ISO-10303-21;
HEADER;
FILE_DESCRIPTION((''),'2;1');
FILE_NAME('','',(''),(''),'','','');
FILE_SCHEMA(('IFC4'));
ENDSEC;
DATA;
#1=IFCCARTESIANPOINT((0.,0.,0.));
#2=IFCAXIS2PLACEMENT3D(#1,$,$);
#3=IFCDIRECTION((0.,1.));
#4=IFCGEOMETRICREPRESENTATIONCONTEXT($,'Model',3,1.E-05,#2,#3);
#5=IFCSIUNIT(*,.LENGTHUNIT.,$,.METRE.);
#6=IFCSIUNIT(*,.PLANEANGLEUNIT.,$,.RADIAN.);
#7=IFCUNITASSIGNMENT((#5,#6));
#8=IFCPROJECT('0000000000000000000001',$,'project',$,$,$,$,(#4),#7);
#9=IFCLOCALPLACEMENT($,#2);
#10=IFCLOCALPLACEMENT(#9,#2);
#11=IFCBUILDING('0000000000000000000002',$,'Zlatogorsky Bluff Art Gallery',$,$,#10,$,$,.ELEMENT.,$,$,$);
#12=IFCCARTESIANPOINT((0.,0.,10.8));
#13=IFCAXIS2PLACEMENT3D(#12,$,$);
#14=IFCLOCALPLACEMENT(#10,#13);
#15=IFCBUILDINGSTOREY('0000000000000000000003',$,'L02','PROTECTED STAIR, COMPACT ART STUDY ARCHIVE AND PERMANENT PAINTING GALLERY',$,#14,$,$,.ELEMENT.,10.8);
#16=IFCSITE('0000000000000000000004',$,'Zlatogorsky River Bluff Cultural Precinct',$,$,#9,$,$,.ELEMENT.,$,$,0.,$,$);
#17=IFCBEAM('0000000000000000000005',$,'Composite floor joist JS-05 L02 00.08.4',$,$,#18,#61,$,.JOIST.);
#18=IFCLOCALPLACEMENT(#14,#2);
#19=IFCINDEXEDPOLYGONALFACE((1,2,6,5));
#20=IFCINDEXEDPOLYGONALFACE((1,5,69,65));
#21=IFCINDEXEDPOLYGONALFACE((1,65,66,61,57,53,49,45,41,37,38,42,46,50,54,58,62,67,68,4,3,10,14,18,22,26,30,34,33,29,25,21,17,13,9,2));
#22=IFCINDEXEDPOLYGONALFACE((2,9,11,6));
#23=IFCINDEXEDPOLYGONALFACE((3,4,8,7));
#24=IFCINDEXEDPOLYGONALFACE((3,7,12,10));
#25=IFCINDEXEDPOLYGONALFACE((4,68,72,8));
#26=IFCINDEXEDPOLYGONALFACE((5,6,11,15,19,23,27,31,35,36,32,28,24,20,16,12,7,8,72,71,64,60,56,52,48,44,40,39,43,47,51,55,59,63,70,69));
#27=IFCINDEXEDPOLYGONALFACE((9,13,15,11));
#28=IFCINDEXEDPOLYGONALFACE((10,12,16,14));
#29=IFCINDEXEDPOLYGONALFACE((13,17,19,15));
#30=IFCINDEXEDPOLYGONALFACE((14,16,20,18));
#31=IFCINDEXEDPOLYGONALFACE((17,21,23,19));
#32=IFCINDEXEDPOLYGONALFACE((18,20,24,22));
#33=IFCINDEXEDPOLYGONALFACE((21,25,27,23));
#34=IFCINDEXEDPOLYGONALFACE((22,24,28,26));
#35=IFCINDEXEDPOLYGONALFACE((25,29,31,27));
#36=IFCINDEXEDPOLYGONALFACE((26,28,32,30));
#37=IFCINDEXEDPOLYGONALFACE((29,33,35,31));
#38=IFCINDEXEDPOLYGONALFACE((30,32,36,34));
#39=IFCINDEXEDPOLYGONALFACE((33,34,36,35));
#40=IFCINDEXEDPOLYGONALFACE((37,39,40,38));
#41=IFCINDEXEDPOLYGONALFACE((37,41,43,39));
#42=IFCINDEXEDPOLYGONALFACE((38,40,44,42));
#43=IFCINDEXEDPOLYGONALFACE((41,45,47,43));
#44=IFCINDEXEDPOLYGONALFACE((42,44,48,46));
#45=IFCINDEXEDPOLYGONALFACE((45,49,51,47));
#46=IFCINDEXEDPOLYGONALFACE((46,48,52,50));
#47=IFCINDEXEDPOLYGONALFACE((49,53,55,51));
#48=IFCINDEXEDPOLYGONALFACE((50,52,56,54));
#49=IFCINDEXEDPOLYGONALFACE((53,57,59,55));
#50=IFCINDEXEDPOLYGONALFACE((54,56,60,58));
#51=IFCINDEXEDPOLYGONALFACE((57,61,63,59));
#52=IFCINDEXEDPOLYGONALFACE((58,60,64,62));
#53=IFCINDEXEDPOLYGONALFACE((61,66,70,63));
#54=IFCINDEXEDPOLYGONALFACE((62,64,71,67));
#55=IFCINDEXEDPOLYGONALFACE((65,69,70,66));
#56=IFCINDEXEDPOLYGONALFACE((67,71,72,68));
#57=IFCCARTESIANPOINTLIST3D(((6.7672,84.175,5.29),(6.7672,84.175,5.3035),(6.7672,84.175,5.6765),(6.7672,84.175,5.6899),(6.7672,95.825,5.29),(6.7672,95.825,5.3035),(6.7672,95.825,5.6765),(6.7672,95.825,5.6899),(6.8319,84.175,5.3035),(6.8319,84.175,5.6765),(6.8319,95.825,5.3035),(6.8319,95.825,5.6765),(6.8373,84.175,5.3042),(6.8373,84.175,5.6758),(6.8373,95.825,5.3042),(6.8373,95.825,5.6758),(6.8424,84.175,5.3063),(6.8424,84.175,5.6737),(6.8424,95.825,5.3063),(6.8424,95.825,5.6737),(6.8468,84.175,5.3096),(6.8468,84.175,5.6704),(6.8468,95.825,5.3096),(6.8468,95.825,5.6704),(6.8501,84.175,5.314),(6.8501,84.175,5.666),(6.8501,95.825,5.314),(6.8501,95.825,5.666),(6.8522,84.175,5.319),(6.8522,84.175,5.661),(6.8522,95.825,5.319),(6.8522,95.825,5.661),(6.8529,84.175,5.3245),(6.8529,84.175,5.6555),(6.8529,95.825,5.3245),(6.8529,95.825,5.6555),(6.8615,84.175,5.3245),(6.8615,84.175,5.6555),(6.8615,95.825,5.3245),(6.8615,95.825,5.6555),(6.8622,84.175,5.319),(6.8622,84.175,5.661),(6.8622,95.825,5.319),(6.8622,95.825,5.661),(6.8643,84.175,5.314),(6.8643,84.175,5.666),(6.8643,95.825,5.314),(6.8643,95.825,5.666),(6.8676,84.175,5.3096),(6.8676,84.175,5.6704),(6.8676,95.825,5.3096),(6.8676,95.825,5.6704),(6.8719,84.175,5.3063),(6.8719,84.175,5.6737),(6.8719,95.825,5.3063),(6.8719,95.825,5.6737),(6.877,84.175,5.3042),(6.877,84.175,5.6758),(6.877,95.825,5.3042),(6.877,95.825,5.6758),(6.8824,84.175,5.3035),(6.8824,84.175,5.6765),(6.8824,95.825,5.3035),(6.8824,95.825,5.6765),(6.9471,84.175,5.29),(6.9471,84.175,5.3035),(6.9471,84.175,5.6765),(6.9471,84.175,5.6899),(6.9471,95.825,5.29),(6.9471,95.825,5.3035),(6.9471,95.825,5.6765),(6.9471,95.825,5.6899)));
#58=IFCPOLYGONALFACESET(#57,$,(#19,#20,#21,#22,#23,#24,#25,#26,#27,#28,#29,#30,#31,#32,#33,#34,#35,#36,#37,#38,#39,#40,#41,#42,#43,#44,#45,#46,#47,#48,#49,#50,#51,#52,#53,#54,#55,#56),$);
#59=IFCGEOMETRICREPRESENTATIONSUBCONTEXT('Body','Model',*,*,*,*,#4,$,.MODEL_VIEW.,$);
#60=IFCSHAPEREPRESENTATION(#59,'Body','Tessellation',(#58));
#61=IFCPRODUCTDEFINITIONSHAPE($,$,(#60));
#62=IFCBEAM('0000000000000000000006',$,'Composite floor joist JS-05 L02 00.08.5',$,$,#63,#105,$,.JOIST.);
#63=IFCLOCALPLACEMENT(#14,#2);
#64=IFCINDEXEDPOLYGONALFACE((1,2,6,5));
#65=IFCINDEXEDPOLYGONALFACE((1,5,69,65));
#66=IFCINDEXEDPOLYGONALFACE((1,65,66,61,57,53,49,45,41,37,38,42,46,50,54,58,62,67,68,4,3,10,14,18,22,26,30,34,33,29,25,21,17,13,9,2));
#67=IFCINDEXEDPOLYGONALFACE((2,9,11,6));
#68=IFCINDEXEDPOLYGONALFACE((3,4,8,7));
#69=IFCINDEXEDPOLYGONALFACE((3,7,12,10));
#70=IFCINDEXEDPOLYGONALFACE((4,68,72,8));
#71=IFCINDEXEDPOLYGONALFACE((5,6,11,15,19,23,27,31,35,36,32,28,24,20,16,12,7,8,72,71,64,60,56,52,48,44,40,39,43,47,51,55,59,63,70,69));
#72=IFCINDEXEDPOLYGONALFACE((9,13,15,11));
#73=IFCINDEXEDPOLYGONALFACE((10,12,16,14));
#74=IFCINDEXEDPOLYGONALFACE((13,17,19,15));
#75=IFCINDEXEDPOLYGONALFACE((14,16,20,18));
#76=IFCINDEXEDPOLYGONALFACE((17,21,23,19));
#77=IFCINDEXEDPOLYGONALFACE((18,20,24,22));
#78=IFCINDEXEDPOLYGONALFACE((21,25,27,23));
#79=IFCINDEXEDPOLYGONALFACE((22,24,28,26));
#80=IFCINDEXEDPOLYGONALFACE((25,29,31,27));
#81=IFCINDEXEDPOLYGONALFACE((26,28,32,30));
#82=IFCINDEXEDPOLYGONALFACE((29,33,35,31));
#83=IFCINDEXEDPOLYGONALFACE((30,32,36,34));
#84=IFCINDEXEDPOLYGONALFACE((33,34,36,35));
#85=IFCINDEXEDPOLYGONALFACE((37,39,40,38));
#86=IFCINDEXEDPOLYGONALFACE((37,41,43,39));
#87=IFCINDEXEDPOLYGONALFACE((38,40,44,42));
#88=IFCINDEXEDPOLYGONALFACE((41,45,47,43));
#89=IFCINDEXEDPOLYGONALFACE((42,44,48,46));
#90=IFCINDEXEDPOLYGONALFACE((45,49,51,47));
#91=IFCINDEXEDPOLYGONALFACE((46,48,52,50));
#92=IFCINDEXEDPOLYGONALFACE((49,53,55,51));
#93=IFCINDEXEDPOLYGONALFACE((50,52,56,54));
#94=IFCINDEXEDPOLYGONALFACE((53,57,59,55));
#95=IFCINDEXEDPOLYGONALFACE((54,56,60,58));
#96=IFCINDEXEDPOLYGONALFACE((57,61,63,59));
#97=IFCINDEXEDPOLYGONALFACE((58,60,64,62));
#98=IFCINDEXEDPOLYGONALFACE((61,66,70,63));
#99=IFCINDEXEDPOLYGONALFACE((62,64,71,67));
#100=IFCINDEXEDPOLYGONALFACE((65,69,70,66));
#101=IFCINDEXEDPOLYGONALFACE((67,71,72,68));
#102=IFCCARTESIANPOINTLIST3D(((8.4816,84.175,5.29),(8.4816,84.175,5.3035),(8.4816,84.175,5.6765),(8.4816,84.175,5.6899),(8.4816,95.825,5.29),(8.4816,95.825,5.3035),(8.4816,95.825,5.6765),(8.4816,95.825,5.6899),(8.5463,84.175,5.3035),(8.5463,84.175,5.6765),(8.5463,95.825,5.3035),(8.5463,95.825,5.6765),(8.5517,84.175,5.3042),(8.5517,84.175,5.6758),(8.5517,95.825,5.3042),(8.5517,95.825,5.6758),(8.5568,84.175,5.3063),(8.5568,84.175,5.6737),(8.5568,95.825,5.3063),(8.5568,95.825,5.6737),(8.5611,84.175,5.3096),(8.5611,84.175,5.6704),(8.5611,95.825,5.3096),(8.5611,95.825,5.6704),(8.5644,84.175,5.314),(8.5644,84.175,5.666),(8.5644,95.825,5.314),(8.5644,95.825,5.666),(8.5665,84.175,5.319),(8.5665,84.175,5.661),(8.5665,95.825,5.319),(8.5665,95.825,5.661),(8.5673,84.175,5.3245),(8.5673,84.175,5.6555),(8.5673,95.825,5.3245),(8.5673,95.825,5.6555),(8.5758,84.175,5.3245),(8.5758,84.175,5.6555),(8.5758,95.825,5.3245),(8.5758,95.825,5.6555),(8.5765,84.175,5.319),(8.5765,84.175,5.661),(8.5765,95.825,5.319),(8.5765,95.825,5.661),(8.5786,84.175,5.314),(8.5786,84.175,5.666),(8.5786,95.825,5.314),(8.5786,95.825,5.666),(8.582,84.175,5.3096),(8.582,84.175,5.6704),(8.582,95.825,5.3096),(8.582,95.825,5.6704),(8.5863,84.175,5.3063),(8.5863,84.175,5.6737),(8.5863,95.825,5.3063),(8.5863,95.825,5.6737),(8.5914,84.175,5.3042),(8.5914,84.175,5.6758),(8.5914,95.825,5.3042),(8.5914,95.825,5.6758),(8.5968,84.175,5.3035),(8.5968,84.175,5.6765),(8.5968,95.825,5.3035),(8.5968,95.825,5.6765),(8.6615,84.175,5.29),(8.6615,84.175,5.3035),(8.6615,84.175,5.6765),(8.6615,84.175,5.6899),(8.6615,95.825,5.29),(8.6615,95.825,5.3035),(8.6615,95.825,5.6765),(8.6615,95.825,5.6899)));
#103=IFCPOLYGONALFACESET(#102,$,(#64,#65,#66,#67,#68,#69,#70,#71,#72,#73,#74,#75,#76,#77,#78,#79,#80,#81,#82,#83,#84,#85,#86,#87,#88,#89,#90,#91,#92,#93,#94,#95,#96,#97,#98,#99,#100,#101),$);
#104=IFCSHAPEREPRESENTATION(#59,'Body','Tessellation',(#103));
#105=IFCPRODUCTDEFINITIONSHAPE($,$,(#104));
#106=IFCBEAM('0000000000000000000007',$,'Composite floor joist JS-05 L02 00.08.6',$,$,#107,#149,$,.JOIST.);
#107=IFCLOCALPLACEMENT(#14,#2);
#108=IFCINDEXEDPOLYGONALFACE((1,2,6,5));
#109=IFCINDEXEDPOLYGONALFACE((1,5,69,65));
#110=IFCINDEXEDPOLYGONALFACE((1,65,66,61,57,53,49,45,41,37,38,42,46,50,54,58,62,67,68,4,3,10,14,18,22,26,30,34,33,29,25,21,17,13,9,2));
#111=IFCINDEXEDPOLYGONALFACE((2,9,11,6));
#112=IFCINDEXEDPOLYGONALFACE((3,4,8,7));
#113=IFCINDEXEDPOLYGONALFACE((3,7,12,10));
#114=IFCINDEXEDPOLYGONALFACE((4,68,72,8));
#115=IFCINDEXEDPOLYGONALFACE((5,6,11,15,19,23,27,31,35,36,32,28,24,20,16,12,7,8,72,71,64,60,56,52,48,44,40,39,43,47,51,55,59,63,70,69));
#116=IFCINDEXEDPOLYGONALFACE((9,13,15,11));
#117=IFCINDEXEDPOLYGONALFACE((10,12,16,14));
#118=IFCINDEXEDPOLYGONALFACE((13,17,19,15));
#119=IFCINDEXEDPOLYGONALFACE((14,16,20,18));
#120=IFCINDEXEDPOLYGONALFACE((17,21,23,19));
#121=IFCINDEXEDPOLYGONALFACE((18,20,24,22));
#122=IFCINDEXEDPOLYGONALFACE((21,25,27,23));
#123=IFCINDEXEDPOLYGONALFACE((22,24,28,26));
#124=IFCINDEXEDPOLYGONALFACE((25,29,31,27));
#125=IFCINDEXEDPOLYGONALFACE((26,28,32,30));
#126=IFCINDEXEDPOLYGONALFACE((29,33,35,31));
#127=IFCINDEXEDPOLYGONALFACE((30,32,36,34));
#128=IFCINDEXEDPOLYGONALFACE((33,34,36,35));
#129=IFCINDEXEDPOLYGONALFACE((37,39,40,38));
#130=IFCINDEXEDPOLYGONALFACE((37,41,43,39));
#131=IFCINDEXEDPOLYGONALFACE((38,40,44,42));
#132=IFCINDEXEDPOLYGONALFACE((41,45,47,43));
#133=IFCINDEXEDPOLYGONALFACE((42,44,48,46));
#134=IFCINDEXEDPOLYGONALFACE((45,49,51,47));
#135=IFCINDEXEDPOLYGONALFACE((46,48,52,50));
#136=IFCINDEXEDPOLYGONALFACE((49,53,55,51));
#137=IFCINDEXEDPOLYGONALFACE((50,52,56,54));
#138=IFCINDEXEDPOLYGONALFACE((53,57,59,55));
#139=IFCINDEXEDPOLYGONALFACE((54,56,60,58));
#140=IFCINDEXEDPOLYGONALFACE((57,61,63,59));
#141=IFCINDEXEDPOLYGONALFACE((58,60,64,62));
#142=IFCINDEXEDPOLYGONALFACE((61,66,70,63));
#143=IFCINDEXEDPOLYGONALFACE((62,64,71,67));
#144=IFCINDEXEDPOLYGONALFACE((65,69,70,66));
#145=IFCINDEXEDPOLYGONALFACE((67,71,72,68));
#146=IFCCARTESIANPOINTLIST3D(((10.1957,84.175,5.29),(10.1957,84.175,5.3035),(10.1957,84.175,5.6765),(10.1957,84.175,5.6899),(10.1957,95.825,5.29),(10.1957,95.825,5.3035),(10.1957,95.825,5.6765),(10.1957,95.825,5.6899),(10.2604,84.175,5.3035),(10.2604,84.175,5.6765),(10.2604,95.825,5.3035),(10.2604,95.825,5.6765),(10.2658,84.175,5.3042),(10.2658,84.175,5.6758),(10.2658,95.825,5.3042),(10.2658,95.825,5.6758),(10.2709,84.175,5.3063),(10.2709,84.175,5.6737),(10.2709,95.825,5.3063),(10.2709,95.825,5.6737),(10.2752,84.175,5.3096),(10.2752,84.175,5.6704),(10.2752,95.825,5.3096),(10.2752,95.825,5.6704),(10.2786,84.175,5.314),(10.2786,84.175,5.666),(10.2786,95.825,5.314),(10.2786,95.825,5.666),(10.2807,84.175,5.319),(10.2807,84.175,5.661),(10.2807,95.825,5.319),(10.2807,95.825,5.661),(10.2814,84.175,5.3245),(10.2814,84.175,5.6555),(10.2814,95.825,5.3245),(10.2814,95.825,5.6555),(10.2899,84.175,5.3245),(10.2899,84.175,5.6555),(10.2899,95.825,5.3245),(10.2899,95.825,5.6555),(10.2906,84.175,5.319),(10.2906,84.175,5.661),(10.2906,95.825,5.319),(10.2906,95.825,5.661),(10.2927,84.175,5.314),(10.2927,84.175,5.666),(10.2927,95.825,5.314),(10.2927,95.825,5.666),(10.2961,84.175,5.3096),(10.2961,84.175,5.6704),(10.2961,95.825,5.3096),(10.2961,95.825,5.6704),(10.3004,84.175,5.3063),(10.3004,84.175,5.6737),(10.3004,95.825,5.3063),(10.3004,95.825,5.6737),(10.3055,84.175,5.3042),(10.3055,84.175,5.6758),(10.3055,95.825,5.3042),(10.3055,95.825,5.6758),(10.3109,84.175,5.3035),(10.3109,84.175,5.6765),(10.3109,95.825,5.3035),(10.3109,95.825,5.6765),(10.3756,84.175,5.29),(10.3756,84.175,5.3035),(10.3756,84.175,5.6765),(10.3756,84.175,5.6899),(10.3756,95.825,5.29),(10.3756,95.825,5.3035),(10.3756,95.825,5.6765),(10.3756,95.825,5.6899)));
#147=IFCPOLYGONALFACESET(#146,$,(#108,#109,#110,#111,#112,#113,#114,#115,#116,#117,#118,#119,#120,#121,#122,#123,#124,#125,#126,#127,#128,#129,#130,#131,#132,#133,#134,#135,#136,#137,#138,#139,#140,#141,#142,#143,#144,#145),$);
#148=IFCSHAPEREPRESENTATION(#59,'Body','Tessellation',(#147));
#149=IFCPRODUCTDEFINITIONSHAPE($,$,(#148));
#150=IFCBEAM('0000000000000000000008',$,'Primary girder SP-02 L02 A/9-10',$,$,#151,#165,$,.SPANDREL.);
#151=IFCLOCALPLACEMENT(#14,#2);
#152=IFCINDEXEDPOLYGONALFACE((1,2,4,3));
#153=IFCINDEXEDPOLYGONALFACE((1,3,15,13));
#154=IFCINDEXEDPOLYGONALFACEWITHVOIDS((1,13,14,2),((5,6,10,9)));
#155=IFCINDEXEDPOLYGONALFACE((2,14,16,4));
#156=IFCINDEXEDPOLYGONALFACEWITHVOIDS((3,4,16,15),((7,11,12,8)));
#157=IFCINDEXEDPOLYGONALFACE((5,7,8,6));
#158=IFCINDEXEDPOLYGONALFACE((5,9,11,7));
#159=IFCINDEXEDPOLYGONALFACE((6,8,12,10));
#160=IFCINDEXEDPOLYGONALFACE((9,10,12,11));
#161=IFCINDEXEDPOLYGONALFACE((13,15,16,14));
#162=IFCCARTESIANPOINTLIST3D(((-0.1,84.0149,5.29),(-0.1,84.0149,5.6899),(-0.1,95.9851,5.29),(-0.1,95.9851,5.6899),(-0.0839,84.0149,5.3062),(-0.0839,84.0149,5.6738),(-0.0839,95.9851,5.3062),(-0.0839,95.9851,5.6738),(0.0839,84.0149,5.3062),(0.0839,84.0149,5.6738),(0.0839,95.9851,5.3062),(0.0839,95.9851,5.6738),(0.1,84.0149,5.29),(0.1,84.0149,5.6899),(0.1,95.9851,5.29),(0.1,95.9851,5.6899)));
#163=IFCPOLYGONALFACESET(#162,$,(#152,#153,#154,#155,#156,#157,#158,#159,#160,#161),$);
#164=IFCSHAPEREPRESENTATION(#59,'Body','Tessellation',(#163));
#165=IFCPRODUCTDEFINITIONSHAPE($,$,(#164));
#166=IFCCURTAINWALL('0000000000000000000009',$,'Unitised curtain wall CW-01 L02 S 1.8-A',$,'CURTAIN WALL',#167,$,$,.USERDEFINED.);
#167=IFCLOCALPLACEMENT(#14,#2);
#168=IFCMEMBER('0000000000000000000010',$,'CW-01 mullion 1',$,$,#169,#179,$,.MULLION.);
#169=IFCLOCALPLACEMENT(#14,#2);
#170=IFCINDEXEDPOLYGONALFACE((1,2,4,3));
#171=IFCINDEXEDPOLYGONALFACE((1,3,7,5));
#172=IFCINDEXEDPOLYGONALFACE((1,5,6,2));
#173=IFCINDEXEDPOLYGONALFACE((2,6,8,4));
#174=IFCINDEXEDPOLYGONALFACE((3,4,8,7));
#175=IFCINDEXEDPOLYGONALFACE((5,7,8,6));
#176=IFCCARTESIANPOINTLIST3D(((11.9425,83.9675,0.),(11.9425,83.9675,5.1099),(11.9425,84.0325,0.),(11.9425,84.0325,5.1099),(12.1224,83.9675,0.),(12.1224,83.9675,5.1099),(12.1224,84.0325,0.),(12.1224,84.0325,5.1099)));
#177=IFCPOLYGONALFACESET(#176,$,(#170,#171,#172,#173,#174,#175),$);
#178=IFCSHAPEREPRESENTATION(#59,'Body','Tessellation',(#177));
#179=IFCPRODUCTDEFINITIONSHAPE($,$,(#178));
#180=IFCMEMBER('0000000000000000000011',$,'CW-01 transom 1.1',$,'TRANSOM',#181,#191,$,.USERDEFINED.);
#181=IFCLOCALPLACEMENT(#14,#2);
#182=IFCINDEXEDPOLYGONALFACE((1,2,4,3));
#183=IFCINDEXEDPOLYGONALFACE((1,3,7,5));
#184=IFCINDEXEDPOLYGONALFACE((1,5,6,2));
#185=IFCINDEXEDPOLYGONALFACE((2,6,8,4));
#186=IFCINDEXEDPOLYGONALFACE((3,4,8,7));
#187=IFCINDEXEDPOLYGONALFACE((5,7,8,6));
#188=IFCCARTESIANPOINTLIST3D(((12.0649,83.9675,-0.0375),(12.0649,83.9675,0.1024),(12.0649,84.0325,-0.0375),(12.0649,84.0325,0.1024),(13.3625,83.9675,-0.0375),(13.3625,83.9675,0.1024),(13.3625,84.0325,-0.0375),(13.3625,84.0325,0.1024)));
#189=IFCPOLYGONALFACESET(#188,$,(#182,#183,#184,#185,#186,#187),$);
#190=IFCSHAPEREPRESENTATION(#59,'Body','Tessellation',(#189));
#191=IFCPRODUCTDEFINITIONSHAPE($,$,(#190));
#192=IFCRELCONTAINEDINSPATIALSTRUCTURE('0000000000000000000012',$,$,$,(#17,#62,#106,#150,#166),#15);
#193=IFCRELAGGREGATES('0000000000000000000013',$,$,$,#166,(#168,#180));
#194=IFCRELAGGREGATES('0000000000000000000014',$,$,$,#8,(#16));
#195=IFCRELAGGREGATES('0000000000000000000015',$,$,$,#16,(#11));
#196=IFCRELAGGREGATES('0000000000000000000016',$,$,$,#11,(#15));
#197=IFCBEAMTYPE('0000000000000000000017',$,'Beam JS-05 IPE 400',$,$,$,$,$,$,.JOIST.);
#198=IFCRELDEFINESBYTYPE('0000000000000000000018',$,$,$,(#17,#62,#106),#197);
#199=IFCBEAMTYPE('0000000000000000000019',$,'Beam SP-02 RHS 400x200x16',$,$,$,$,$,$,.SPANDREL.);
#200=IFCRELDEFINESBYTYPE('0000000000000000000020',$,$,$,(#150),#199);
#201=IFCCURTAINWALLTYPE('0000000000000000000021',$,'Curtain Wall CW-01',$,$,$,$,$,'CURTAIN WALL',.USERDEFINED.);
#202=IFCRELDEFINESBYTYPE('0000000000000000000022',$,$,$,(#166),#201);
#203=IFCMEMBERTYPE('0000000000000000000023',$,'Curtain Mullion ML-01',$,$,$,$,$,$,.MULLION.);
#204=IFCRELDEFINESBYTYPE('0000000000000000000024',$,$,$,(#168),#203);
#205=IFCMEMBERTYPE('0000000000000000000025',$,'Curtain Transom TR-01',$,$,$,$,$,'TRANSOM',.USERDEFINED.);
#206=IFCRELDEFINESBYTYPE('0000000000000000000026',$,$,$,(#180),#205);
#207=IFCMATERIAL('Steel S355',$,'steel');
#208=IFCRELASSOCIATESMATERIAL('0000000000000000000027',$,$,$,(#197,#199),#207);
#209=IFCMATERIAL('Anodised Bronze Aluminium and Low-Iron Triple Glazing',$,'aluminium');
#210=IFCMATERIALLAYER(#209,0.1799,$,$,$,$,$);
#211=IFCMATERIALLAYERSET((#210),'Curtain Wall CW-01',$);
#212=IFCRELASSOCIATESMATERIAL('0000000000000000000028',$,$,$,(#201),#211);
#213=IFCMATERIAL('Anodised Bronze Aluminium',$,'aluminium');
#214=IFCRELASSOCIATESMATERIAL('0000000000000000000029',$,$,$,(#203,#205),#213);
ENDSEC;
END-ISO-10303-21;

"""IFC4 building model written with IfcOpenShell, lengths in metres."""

from ifc_helpers import new_model, si_unit, direction, frame, origin, origin_2d, place, context, subcontext, project, spatial, rectangle, hollow_rectangle, i_section, extrude, material, layer, layer_set, material_profile, profile_set, type_object, element, aggregate, save


model = new_model("IFC4")

# Units and contexts
model_context = context("Model", 3, precision=1e-05, world=origin(), true_north=direction((0.0, 1.0)))
body_context = subcontext(model_context, "Body", "Model", "MODEL_VIEW")
ifc_project = project(units=[si_unit("LENGTHUNIT", "METRE"), si_unit("PLANEANGLEUNIT", "RADIAN")], contexts=[model_context])

# Site, building, storey
site_placement = place(None, origin())
site = spatial("IfcSite", under=ifc_project, at=site_placement, Name="Zlatogorsky River Bluff Cultural Precinct", CompositionType="ELEMENT", RefElevation=0.0)
building_placement = place(site_placement, origin())
building = spatial("IfcBuilding", under=site, at=building_placement, Name="Zlatogorsky Bluff Art Gallery", CompositionType="ELEMENT")
storey_placement = place(building_placement, frame((0.0, 0.0, 10.8)))
storey = spatial("IfcBuildingStorey", under=building, at=storey_placement, Name="L02", Description="PROTECTED STAIR, COMPACT ART STUDY ARCHIVE AND PERMANENT PAINTING GALLERY", CompositionType="ELEMENT", Elevation=10.8)

# Shared definitions
ifc_material_1 = material(Name="Steel S355", Category="steel")

# Beams
ifc_material_profile_1 = material_profile(ifc_material_1, i_section(OverallWidth=0.1799, OverallDepth=0.3999, WebThickness=0.0085, FlangeThickness=0.0134, FilletRadius=0.021, at=origin_2d()), Name="IPE 400")
ifc_profile_set_1 = profile_set([ifc_material_profile_1], Name="Steel S355")
beam_type_1 = type_object("IfcBeamType", Name="Beam JS-05 IPE 400", PredefinedType="JOIST", material=ifc_profile_set_1)
for number, where, z_axis, x_axis, name in (
    (1, (6.8572, 84.175, 5.49), (0.0, 1.0, 0.0), (-1.0, 0.0, 0.0), "Composite floor joist JS-05 L02 00.08.4"),
    (2, (8.5715, 84.175, 5.49), (0.0, 1.0, 0.0), (-1.0, 0.0, 0.0), "Composite floor joist JS-05 L02 00.08.5"),
    (3, (10.2856, 84.175, 5.49), (0.0, 1.0, 0.0), (-1.0, 0.0, 0.0), "Composite floor joist JS-05 L02 00.08.6"),
):
    element("IfcBeam", number, at=place(storey_placement, frame(where, z_axis=z_axis, x_axis=x_axis)), inside=storey, type_object=beam_type_1, Name=name, PredefinedType="JOIST", context=body_context, shape_type="SweptSolid", body=[
        extrude(i_section(OverallWidth=0.1799, OverallDepth=0.3999, WebThickness=0.0085, FlangeThickness=0.0134, FilletRadius=0.021, at=origin_2d()), origin(), (0.0, 0.0, 1.0), 11.6499),
    ])
ifc_material_profile_2 = material_profile(ifc_material_1, hollow_rectangle(XDim=0.2, YDim=0.3999, WallThickness=0.0161, at=origin_2d()), Name="RHS 400x200x16")
ifc_profile_set_2 = profile_set([ifc_material_profile_2], Name="Steel S355")
beam_type_2 = type_object("IfcBeamType", Name="Beam SP-02 RHS 400x200x16", PredefinedType="SPANDREL", material=ifc_profile_set_2)
beam_1_placement = place(storey_placement, frame((0.0, 84.0149, 5.49), z_axis=(0.0, 1.0, 0.0), x_axis=(-1.0, 0.0, 0.0)))
element("IfcBeam", 4, at=beam_1_placement, inside=storey, type_object=beam_type_2, Name="Primary girder SP-02 L02 A/9-10", PredefinedType="SPANDREL", context=body_context, shape_type="SweptSolid", body=[
    extrude(hollow_rectangle(XDim=0.2, YDim=0.3999, WallThickness=0.0161, at=origin_2d()), origin(), (0.0, 0.0, 1.0), 11.9702),
])

# Curtain wall, members
ifc_material_2 = material(Name="Anodised Bronze Aluminium and Low-Iron Triple Glazing", Category="aluminium")
ifc_layer_1 = layer(ifc_material_2, 0.1799)
ifc_layer_set_1 = layer_set([ifc_layer_1], Name="Curtain Wall CW-01")
curtain_wall_type = type_object("IfcCurtainWallType", Name="Curtain Wall CW-01", ElementType="CURTAIN WALL", PredefinedType="USERDEFINED", material=ifc_layer_set_1)
curtain_wall_placement = place(storey_placement, origin())
curtain_wall = element("IfcCurtainWall", 5, at=curtain_wall_placement, inside=storey, type_object=curtain_wall_type, Name="Unitised curtain wall CW-01 L02 S 1.8-A", ObjectType="CURTAIN WALL", PredefinedType="USERDEFINED")
ifc_material_3 = material(Name="Anodised Bronze Aluminium", Category="aluminium")
ifc_material_profile_3 = material_profile(ifc_material_3, rectangle(XDim=0.0649, YDim=0.1799, at=origin_2d()), Name="ALU MULLION 65x180")
ifc_profile_set_3 = profile_set([ifc_material_profile_3], Name="Anodised Bronze Aluminium")
member_type_1 = type_object("IfcMemberType", Name="Curtain Mullion ML-01", PredefinedType="MULLION", material=ifc_profile_set_3)
member_1_placement = place(storey_placement, frame((12.0325, 84.0, 0.0), z_axis=(0.0, 0.0, 1.0), x_axis=(0.0, 1.0, 0.0)))
member_1 = element("IfcMember", 6, at=member_1_placement, type_object=member_type_1, Name="CW-01 mullion 1", PredefinedType="MULLION", context=body_context, shape_type="SweptSolid", body=[
    extrude(rectangle(XDim=0.0649, YDim=0.1799, at=origin_2d()), origin(), (0.0, 0.0, 1.0), 5.1099),
])
ifc_material_profile_4 = material_profile(ifc_material_3, rectangle(XDim=0.0649, YDim=0.1399, at=origin_2d()), Name="ALU TRANSOM 65x140")
ifc_profile_set_4 = profile_set([ifc_material_profile_4], Name="Anodised Bronze Aluminium")
member_type_2 = type_object("IfcMemberType", Name="Curtain Transom TR-01", ElementType="TRANSOM", PredefinedType="USERDEFINED", material=ifc_profile_set_4)
member_2_placement = place(storey_placement, frame((12.0649, 84.0, 0.0325), z_axis=(1.0, 0.0, 0.0), x_axis=(0.0, 1.0, 0.0)))
member_2 = element("IfcMember", 7, at=member_2_placement, type_object=member_type_2, Name="CW-01 transom 1.1", ObjectType="TRANSOM", PredefinedType="USERDEFINED", context=body_context, shape_type="SweptSolid", body=[
    extrude(rectangle(XDim=0.0649, YDim=0.1399, at=origin_2d()), origin(), (0.0, 0.0, 1.0), 1.2976),
])
aggregate(curtain_wall, [member_1, member_2])

save(model, "model.ifc")
